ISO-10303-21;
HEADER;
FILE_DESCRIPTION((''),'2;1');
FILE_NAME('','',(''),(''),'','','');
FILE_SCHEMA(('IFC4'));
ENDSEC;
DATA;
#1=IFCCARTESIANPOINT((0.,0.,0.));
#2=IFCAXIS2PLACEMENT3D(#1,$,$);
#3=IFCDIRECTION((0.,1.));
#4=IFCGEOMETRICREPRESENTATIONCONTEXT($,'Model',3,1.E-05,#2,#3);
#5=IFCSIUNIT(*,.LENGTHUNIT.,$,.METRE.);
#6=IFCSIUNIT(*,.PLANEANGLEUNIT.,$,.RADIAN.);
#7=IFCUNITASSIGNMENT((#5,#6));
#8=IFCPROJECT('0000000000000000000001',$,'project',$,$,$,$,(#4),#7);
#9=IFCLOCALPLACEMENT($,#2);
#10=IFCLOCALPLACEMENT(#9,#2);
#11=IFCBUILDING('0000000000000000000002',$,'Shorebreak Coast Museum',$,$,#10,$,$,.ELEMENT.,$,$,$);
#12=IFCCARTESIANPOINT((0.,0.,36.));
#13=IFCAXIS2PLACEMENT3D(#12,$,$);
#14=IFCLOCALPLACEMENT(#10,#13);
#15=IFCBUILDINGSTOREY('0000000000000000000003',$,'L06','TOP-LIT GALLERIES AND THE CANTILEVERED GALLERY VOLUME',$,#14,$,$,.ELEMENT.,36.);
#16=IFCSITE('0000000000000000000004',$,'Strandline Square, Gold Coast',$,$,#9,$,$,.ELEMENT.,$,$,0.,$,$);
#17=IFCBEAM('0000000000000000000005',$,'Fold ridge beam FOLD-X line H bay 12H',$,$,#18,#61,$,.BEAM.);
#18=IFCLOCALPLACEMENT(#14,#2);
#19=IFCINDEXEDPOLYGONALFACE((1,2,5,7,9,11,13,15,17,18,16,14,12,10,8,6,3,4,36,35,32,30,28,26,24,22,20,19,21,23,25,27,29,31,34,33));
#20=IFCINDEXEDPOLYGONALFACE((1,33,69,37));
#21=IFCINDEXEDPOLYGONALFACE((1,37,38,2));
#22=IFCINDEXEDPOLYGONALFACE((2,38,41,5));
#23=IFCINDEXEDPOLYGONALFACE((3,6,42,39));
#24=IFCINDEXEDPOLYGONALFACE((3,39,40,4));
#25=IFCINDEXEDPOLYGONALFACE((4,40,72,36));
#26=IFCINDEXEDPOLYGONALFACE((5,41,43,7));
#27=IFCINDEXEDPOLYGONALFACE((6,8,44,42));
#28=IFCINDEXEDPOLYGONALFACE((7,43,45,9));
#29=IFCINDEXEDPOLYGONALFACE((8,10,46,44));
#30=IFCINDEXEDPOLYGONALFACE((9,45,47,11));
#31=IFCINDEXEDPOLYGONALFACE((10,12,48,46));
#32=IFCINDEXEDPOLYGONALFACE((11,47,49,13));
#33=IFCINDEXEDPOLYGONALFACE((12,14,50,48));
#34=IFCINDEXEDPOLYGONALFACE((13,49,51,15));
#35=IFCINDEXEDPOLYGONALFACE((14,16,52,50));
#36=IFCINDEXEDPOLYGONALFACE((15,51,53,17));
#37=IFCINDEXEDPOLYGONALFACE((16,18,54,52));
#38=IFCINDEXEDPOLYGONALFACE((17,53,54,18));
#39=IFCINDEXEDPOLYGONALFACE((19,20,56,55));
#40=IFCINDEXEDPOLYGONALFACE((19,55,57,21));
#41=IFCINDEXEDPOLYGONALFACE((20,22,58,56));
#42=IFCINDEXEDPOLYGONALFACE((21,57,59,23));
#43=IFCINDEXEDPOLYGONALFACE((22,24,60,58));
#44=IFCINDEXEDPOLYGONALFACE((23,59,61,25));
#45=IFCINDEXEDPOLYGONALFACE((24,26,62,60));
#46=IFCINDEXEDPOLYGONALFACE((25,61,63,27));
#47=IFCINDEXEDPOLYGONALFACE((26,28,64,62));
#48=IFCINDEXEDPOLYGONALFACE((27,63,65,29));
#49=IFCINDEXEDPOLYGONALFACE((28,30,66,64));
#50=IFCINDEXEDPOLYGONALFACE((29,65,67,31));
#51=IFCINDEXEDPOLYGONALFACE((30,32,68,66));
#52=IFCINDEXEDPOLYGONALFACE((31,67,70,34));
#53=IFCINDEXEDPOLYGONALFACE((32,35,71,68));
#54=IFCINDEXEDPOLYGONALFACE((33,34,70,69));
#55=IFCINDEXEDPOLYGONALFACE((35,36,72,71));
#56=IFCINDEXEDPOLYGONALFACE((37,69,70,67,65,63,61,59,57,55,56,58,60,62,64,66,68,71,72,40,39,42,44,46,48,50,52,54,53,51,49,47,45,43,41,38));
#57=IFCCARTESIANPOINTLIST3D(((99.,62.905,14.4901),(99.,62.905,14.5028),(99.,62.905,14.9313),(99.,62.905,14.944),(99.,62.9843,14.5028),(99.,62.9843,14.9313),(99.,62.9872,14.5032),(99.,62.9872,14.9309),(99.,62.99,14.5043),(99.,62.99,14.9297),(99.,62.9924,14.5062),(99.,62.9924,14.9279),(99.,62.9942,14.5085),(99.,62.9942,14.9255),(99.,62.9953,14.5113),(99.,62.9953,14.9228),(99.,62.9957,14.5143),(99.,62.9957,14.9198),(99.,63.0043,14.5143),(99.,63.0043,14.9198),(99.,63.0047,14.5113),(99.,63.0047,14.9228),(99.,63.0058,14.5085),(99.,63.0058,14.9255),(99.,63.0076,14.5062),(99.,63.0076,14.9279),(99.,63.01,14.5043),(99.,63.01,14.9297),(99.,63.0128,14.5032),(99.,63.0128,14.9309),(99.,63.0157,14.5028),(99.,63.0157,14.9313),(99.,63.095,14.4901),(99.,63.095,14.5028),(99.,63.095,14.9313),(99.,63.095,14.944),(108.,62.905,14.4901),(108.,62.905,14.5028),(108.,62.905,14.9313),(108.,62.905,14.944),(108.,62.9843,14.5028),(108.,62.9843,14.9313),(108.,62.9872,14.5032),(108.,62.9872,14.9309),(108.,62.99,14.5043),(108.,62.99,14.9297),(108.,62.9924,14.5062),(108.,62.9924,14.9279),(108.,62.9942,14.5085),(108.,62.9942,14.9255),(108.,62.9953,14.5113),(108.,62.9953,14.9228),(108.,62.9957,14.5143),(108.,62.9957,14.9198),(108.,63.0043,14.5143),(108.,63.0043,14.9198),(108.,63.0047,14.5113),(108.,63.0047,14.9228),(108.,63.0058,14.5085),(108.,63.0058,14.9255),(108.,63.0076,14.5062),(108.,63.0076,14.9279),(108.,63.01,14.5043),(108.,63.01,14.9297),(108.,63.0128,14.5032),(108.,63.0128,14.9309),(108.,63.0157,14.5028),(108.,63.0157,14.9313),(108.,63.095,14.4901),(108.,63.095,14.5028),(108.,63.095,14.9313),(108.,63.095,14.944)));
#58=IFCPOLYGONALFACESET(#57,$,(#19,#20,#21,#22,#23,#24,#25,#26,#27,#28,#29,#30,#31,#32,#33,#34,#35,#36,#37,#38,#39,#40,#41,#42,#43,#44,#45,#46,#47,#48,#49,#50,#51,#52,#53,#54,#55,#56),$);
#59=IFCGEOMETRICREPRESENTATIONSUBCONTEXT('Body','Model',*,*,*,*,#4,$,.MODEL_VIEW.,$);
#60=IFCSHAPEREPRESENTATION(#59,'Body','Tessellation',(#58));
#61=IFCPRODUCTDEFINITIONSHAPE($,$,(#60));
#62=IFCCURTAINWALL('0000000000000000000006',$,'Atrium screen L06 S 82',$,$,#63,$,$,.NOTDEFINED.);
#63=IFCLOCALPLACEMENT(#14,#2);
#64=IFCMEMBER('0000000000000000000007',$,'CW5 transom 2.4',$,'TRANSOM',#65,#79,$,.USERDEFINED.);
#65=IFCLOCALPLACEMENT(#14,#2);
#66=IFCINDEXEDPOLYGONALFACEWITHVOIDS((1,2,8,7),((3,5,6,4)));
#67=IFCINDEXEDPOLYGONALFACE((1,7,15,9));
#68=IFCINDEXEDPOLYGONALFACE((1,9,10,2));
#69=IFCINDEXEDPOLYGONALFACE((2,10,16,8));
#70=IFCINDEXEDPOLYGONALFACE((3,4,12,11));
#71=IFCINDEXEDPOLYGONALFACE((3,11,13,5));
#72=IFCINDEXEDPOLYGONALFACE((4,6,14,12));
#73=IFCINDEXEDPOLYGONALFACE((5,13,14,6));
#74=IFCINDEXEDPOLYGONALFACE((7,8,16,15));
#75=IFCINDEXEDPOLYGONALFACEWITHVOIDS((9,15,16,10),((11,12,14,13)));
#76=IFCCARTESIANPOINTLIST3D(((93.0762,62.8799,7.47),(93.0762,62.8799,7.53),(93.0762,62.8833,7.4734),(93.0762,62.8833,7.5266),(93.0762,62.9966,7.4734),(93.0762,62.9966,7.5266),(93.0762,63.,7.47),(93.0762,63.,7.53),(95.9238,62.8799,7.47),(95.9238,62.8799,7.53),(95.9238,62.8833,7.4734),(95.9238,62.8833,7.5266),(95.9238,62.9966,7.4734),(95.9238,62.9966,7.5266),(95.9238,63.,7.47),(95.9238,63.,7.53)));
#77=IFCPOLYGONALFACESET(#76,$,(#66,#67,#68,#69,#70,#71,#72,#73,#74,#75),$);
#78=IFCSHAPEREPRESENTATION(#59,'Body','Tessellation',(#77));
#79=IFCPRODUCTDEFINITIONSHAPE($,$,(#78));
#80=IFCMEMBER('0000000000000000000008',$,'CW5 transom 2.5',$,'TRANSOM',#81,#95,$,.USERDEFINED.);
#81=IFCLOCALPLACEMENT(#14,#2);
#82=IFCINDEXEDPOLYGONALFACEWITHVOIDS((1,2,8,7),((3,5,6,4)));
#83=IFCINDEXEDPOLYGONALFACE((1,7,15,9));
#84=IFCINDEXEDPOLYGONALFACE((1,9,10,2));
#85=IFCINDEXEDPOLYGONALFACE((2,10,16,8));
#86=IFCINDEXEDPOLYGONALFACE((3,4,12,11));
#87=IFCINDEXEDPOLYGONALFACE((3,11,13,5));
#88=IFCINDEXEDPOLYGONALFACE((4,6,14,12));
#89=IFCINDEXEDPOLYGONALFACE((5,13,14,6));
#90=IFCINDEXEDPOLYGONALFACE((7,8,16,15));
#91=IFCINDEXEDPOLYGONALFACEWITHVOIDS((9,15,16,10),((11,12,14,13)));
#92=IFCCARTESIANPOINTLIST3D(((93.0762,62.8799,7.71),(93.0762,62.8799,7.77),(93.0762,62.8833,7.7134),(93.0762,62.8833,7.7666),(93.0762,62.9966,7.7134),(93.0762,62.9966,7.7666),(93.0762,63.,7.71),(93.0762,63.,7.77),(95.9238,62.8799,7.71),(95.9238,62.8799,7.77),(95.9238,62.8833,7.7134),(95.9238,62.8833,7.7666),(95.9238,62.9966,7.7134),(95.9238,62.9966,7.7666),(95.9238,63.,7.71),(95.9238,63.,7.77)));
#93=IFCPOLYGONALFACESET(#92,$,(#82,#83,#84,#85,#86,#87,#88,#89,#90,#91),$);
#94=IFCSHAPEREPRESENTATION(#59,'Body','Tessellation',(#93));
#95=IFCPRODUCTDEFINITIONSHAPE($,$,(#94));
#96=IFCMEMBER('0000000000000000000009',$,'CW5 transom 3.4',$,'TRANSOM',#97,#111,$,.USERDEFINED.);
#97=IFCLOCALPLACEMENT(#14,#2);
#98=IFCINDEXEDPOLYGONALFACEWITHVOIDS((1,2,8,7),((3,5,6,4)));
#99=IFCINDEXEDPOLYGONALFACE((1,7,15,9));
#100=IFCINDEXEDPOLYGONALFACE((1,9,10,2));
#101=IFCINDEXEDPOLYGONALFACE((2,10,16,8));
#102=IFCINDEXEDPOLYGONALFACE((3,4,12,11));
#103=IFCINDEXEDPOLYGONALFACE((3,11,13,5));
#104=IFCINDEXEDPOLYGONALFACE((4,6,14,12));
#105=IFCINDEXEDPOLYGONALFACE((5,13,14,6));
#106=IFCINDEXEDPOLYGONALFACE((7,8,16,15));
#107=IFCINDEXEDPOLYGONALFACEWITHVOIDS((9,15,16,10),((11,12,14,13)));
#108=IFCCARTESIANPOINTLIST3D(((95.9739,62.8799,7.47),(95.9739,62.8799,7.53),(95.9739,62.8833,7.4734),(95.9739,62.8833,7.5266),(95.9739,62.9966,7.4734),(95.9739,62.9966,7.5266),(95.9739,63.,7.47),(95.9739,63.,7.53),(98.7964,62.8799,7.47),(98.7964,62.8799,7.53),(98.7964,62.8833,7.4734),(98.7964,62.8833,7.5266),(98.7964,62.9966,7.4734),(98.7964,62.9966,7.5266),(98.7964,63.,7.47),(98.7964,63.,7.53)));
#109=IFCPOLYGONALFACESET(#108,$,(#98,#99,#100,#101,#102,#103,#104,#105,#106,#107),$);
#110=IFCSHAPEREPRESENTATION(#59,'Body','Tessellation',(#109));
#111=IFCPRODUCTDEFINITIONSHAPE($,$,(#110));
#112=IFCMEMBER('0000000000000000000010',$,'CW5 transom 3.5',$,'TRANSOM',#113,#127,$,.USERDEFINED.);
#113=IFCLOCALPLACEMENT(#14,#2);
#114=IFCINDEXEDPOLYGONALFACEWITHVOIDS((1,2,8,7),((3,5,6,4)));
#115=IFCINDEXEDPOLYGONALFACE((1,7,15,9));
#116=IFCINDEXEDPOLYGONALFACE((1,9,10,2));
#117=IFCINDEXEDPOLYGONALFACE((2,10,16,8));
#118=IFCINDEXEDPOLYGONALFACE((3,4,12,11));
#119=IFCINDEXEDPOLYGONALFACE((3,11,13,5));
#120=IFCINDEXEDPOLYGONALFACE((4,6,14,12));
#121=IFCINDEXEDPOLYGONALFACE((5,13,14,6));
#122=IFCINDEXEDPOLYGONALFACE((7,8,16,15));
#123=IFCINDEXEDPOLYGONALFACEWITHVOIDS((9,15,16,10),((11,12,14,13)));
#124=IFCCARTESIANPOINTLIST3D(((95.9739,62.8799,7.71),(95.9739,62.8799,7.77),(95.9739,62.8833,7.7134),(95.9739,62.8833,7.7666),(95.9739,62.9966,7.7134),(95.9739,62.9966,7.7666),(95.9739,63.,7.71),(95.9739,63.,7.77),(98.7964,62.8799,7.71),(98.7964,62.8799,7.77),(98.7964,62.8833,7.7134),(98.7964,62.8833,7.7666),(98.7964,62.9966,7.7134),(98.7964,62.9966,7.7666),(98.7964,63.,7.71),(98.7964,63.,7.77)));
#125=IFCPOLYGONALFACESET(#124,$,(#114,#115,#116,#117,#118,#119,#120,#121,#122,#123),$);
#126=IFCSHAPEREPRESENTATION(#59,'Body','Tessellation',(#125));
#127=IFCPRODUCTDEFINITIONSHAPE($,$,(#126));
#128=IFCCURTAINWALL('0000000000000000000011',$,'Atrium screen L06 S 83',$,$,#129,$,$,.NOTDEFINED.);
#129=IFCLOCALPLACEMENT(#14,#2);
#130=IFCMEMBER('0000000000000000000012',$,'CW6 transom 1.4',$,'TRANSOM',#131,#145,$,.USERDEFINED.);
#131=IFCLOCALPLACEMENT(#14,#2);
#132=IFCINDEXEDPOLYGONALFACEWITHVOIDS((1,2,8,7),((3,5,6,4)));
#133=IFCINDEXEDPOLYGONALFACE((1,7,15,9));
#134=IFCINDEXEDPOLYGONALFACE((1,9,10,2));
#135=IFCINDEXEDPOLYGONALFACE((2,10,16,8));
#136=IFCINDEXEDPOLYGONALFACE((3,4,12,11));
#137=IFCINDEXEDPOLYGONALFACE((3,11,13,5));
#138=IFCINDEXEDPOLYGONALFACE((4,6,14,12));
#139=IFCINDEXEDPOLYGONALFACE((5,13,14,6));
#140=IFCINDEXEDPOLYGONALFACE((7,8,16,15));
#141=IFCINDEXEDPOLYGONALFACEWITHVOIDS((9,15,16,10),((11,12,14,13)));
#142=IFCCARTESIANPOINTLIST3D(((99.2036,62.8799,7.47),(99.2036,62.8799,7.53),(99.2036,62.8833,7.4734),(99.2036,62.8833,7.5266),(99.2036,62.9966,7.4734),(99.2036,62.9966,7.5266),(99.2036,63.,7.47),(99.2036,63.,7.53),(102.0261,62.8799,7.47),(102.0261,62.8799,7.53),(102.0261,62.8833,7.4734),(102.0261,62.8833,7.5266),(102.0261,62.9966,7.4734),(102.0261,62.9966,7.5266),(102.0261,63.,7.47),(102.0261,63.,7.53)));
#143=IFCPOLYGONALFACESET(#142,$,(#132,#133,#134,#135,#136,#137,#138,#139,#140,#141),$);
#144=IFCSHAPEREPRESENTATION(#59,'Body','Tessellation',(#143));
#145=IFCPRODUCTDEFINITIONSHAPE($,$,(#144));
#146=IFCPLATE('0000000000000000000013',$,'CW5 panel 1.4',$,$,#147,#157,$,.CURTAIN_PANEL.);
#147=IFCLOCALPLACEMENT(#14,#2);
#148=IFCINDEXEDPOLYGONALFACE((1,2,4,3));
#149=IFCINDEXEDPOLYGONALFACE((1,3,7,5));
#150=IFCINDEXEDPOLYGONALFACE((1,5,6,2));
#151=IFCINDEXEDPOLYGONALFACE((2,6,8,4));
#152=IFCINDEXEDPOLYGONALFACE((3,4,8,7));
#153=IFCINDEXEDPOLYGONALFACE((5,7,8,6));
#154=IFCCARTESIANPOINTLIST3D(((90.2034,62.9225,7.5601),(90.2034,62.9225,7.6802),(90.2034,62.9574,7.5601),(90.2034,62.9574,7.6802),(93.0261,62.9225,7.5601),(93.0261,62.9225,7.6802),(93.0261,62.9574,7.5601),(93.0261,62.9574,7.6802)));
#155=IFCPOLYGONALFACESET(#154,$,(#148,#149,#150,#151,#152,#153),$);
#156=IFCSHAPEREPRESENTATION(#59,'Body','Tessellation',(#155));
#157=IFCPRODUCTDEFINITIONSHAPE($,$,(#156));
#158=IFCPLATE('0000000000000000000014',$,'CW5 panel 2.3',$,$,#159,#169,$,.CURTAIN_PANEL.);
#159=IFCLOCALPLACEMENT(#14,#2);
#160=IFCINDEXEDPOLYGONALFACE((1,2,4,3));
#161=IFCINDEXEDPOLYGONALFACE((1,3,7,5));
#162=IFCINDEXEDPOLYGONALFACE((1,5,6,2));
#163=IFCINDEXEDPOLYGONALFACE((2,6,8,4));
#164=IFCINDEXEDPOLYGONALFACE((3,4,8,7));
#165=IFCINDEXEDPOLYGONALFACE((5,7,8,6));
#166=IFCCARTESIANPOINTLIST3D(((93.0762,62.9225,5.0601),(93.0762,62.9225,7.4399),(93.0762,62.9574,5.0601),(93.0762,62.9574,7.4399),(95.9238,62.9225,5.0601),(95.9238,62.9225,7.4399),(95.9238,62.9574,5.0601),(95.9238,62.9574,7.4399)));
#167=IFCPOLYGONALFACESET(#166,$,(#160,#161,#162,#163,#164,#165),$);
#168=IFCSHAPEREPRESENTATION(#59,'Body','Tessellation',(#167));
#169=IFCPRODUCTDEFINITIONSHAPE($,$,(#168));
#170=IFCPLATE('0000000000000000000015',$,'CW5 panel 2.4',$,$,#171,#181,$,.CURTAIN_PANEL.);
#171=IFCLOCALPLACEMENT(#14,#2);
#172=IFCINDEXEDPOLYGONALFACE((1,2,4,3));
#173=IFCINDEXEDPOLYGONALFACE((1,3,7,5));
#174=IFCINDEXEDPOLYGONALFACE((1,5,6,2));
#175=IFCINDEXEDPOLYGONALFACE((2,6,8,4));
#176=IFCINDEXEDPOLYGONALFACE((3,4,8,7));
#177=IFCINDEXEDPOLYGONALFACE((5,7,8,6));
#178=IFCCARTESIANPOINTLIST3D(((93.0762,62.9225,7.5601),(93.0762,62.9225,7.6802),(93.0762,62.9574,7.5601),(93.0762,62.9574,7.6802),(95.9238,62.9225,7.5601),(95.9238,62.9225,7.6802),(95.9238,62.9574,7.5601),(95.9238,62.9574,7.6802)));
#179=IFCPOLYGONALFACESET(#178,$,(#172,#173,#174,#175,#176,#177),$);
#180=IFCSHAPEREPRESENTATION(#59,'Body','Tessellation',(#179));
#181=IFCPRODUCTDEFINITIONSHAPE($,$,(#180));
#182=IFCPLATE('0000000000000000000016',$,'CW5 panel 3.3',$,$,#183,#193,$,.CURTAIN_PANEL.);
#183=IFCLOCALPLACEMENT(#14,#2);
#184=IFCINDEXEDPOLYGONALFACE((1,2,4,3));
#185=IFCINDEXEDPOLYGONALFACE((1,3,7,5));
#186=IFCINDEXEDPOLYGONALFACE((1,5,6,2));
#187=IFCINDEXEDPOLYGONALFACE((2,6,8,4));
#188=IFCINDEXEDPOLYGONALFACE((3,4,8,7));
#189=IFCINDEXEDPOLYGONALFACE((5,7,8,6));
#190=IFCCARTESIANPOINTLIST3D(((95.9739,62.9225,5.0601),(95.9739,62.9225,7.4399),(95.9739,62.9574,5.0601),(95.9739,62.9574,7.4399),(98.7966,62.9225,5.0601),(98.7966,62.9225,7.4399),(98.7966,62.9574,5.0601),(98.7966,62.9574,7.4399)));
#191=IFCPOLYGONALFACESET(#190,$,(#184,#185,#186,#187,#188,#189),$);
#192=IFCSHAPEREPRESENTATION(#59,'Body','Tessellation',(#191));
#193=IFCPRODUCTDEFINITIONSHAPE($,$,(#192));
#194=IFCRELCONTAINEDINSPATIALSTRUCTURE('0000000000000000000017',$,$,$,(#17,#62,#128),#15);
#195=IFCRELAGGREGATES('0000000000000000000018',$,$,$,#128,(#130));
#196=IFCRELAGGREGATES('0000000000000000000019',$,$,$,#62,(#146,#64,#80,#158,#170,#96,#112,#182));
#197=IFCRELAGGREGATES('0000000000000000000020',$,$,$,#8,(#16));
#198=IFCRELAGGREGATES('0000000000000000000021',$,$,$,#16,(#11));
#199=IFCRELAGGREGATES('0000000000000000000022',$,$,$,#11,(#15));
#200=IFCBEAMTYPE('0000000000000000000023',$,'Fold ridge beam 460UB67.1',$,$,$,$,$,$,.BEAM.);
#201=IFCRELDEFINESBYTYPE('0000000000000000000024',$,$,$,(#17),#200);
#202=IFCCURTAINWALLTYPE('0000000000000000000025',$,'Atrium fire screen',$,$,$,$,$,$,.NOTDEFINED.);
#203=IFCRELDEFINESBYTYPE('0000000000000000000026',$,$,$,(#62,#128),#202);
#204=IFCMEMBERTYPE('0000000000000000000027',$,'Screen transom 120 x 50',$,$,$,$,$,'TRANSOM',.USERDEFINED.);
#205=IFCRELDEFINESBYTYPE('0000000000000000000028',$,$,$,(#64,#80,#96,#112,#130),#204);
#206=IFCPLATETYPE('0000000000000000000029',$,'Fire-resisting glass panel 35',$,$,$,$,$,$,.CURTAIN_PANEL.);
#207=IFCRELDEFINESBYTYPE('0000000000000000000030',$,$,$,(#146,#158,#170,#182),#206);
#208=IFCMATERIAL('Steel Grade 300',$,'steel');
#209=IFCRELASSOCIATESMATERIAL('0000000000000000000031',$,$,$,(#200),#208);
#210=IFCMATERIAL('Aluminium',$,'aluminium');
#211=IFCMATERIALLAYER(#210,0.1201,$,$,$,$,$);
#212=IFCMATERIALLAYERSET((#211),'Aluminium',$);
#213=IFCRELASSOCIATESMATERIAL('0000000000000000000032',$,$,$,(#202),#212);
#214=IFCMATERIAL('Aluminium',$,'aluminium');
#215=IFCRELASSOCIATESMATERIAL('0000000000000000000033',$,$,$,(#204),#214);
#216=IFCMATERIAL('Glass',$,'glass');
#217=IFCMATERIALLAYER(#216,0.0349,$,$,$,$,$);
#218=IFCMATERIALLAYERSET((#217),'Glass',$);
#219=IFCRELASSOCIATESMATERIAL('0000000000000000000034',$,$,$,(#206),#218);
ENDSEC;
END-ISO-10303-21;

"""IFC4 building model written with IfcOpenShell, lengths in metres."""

from ifc_helpers import new_model, si_unit, direction, frame, origin, origin_2d, place, context, subcontext, project, spatial, rectangle, hollow_rectangle, i_section, extrude, material, layer, layer_set, material_profile, profile_set, type_object, element, aggregate, save


model = new_model("IFC4")

# Units and contexts
model_context = context("Model", 3, precision=1e-05, world=origin(), true_north=direction((0.0, 1.0)))
body_context = subcontext(model_context, "Body", "Model", "MODEL_VIEW")
ifc_project = project(units=[si_unit("LENGTHUNIT", "METRE"), si_unit("PLANEANGLEUNIT", "RADIAN")], contexts=[model_context])

# Site, building, storey
site_placement = place(None, origin())
site = spatial("IfcSite", under=ifc_project, at=site_placement, Name="Strandline Square, Gold Coast", CompositionType="ELEMENT", RefElevation=0.0)
building_placement = place(site_placement, origin())
building = spatial("IfcBuilding", under=site, at=building_placement, Name="Shorebreak Coast Museum", CompositionType="ELEMENT")
storey_placement = place(building_placement, frame((0.0, 0.0, 36.0)))
storey = spatial("IfcBuildingStorey", under=building, at=storey_placement, Name="L06", Description="TOP-LIT GALLERIES AND THE CANTILEVERED GALLERY VOLUME", CompositionType="ELEMENT", Elevation=36.0)

# Beam
ifc_material_1 = material(Name="Steel Grade 300", Category="steel")
ifc_material_profile_1 = material_profile(ifc_material_1, i_section(OverallWidth=0.1899, OverallDepth=0.4539, WebThickness=0.0085, FlangeThickness=0.0127, FilletRadius=0.0115, at=origin_2d()), Name="460UB67.1")
ifc_profile_set_1 = profile_set([ifc_material_profile_1], Name="Steel Grade 300")
beam_type_1 = type_object("IfcBeamType", Name="Fold ridge beam 460UB67.1", PredefinedType="BEAM", material=ifc_profile_set_1)
beam_1_placement = place(storey_placement, frame((99.0, 63.0, 14.717), z_axis=(1.0, 0.0, 0.0), x_axis=(0.0, 1.0, 0.0)))
element("IfcBeam", 1, at=beam_1_placement, inside=storey, type_object=beam_type_1, Name="Fold ridge beam FOLD-X line H bay 12H", PredefinedType="BEAM", context=body_context, shape_type="SweptSolid", body=[
    extrude(i_section(OverallWidth=0.1899, OverallDepth=0.4539, WebThickness=0.0085, FlangeThickness=0.0127, FilletRadius=0.0115, at=origin_2d()), origin(), (0.0, 0.0, 1.0), 9.0),
])

# Curtain wall, members
ifc_material_2 = material(Name="Aluminium", Category="aluminium")
ifc_layer_1 = layer(ifc_material_2, 0.1201)
ifc_layer_set_1 = layer_set([ifc_layer_1], Name="Aluminium")
curtain_wall_type = type_object("IfcCurtainWallType", Name="Atrium fire screen", PredefinedType="NOTDEFINED", material=ifc_layer_set_1)
curtain_wall_1_placement = place(storey_placement, origin())
curtain_wall_1 = element("IfcCurtainWall", 2, at=curtain_wall_1_placement, inside=storey, type_object=curtain_wall_type, Name="Atrium screen L06 S 82", PredefinedType="NOTDEFINED")
ifc_material_3 = material(Name="Aluminium", Category="aluminium")
ifc_material_profile_2 = material_profile(ifc_material_3, hollow_rectangle(XDim=0.1201, YDim=0.0601, WallThickness=0.0034, at=origin_2d()), Name="AL 60x120 RHS")
ifc_profile_set_2 = profile_set([ifc_material_profile_2], Name="Aluminium")
member_type_1 = type_object("IfcMemberType", Name="Screen transom 120 x 50", ElementType="TRANSOM", PredefinedType="USERDEFINED", material=ifc_profile_set_2)
member_1_placement = place(storey_placement, frame((93.0762, 62.9399, 7.5), z_axis=(1.0, 0.0, 0.0), x_axis=(0.0, 1.0, 0.0)))
member_1 = element("IfcMember", 3, at=member_1_placement, type_object=member_type_1, Name="CW5 transom 2.4", ObjectType="TRANSOM", PredefinedType="USERDEFINED", context=body_context, shape_type="SweptSolid", body=[
    extrude(hollow_rectangle(XDim=0.1201, YDim=0.0601, WallThickness=0.0034, at=origin_2d()), origin(), (0.0, 0.0, 1.0), 2.8477),
])
member_2_placement = place(storey_placement, frame((93.0762, 62.9399, 7.74), z_axis=(1.0, 0.0, 0.0), x_axis=(0.0, 1.0, 0.0)))
member_2 = element("IfcMember", 4, at=member_2_placement, type_object=member_type_1, Name="CW5 transom 2.5", ObjectType="TRANSOM", PredefinedType="USERDEFINED", context=body_context, shape_type="SweptSolid", body=[
    extrude(hollow_rectangle(XDim=0.1201, YDim=0.0601, WallThickness=0.0034, at=origin_2d()), origin(), (0.0, 0.0, 1.0), 2.8477),
])
member_3_placement = place(storey_placement, frame((95.9739, 62.9399, 7.5), z_axis=(1.0, 0.0, 0.0), x_axis=(0.0, 1.0, 0.0)))
member_3 = element("IfcMember", 5, at=member_3_placement, type_object=member_type_1, Name="CW5 transom 3.4", ObjectType="TRANSOM", PredefinedType="USERDEFINED", context=body_context, shape_type="SweptSolid", body=[
    extrude(hollow_rectangle(XDim=0.1201, YDim=0.0601, WallThickness=0.0034, at=origin_2d()), origin(), (0.0, 0.0, 1.0), 2.8225),
])
member_4_placement = place(storey_placement, frame((95.9739, 62.9399, 7.74), z_axis=(1.0, 0.0, 0.0), x_axis=(0.0, 1.0, 0.0)))
member_4 = element("IfcMember", 6, at=member_4_placement, type_object=member_type_1, Name="CW5 transom 3.5", ObjectType="TRANSOM", PredefinedType="USERDEFINED", context=body_context, shape_type="SweptSolid", body=[
    extrude(hollow_rectangle(XDim=0.1201, YDim=0.0601, WallThickness=0.0034, at=origin_2d()), origin(), (0.0, 0.0, 1.0), 2.8225),
])

# Curtain wall, member
curtain_wall_2_placement = place(storey_placement, origin())
curtain_wall_2 = element("IfcCurtainWall", 7, at=curtain_wall_2_placement, inside=storey, type_object=curtain_wall_type, Name="Atrium screen L06 S 83", PredefinedType="NOTDEFINED")
member_5_placement = place(storey_placement, frame((99.2036, 62.9399, 7.5), z_axis=(1.0, 0.0, 0.0), x_axis=(0.0, 1.0, 0.0)))
member_5 = element("IfcMember", 8, at=member_5_placement, type_object=member_type_1, Name="CW6 transom 1.4", ObjectType="TRANSOM", PredefinedType="USERDEFINED", context=body_context, shape_type="SweptSolid", body=[
    extrude(hollow_rectangle(XDim=0.1201, YDim=0.0601, WallThickness=0.0034, at=origin_2d()), origin(), (0.0, 0.0, 1.0), 2.8225),
])
aggregate(curtain_wall_2, [member_5])

# Plates
ifc_material_4 = material(Name="Glass", Category="glass")
ifc_layer_2 = layer(ifc_material_4, 0.0349)
ifc_layer_set_2 = layer_set([ifc_layer_2], Name="Glass")
plate_type = type_object("IfcPlateType", Name="Fire-resisting glass panel 35", PredefinedType="CURTAIN_PANEL", material=ifc_layer_set_2)
plate_1_placement = place(storey_placement, frame((91.6147, 62.9399, 7.5601), z_axis=(0.0, 0.0, 1.0), x_axis=(1.0, 0.0, 0.0)))
plate_1 = element("IfcPlate", 9, at=plate_1_placement, type_object=plate_type, Name="CW5 panel 1.4", PredefinedType="CURTAIN_PANEL", context=body_context, shape_type="SweptSolid", body=[
    extrude(rectangle(XDim=2.8228, YDim=0.0349, at=origin_2d()), origin(), (0.0, 0.0, 1.0), 0.1201),
])
plate_2_placement = place(storey_placement, frame((94.5, 62.9399, 5.0601), z_axis=(0.0, 0.0, 1.0), x_axis=(1.0, 0.0, 0.0)))
plate_2 = element("IfcPlate", 10, at=plate_2_placement, type_object=plate_type, Name="CW5 panel 2.3", PredefinedType="CURTAIN_PANEL", context=body_context, shape_type="SweptSolid", body=[
    extrude(rectangle(XDim=2.8477, YDim=0.0349, at=origin_2d()), origin(), (0.0, 0.0, 1.0), 2.3799),
])
plate_3_placement = place(storey_placement, frame((94.5, 62.9399, 7.5601), z_axis=(0.0, 0.0, 1.0), x_axis=(1.0, 0.0, 0.0)))
plate_3 = element("IfcPlate", 11, at=plate_3_placement, type_object=plate_type, Name="CW5 panel 2.4", PredefinedType="CURTAIN_PANEL", context=body_context, shape_type="SweptSolid", body=[
    extrude(rectangle(XDim=2.8477, YDim=0.0349, at=origin_2d()), origin(), (0.0, 0.0, 1.0), 0.1201),
])
plate_4_placement = place(storey_placement, frame((97.3853, 62.9399, 5.0601), z_axis=(0.0, 0.0, 1.0), x_axis=(1.0, 0.0, 0.0)))
plate_4 = element("IfcPlate", 12, at=plate_4_placement, type_object=plate_type, Name="CW5 panel 3.3", PredefinedType="CURTAIN_PANEL", context=body_context, shape_type="SweptSolid", body=[
    extrude(rectangle(XDim=2.8228, YDim=0.0349, at=origin_2d()), origin(), (0.0, 0.0, 1.0), 2.3799),
])
aggregate(curtain_wall_1, [plate_1, member_1, member_2, plate_2, plate_3, member_3, member_4, plate_4])

save(model, "model.ifc")
